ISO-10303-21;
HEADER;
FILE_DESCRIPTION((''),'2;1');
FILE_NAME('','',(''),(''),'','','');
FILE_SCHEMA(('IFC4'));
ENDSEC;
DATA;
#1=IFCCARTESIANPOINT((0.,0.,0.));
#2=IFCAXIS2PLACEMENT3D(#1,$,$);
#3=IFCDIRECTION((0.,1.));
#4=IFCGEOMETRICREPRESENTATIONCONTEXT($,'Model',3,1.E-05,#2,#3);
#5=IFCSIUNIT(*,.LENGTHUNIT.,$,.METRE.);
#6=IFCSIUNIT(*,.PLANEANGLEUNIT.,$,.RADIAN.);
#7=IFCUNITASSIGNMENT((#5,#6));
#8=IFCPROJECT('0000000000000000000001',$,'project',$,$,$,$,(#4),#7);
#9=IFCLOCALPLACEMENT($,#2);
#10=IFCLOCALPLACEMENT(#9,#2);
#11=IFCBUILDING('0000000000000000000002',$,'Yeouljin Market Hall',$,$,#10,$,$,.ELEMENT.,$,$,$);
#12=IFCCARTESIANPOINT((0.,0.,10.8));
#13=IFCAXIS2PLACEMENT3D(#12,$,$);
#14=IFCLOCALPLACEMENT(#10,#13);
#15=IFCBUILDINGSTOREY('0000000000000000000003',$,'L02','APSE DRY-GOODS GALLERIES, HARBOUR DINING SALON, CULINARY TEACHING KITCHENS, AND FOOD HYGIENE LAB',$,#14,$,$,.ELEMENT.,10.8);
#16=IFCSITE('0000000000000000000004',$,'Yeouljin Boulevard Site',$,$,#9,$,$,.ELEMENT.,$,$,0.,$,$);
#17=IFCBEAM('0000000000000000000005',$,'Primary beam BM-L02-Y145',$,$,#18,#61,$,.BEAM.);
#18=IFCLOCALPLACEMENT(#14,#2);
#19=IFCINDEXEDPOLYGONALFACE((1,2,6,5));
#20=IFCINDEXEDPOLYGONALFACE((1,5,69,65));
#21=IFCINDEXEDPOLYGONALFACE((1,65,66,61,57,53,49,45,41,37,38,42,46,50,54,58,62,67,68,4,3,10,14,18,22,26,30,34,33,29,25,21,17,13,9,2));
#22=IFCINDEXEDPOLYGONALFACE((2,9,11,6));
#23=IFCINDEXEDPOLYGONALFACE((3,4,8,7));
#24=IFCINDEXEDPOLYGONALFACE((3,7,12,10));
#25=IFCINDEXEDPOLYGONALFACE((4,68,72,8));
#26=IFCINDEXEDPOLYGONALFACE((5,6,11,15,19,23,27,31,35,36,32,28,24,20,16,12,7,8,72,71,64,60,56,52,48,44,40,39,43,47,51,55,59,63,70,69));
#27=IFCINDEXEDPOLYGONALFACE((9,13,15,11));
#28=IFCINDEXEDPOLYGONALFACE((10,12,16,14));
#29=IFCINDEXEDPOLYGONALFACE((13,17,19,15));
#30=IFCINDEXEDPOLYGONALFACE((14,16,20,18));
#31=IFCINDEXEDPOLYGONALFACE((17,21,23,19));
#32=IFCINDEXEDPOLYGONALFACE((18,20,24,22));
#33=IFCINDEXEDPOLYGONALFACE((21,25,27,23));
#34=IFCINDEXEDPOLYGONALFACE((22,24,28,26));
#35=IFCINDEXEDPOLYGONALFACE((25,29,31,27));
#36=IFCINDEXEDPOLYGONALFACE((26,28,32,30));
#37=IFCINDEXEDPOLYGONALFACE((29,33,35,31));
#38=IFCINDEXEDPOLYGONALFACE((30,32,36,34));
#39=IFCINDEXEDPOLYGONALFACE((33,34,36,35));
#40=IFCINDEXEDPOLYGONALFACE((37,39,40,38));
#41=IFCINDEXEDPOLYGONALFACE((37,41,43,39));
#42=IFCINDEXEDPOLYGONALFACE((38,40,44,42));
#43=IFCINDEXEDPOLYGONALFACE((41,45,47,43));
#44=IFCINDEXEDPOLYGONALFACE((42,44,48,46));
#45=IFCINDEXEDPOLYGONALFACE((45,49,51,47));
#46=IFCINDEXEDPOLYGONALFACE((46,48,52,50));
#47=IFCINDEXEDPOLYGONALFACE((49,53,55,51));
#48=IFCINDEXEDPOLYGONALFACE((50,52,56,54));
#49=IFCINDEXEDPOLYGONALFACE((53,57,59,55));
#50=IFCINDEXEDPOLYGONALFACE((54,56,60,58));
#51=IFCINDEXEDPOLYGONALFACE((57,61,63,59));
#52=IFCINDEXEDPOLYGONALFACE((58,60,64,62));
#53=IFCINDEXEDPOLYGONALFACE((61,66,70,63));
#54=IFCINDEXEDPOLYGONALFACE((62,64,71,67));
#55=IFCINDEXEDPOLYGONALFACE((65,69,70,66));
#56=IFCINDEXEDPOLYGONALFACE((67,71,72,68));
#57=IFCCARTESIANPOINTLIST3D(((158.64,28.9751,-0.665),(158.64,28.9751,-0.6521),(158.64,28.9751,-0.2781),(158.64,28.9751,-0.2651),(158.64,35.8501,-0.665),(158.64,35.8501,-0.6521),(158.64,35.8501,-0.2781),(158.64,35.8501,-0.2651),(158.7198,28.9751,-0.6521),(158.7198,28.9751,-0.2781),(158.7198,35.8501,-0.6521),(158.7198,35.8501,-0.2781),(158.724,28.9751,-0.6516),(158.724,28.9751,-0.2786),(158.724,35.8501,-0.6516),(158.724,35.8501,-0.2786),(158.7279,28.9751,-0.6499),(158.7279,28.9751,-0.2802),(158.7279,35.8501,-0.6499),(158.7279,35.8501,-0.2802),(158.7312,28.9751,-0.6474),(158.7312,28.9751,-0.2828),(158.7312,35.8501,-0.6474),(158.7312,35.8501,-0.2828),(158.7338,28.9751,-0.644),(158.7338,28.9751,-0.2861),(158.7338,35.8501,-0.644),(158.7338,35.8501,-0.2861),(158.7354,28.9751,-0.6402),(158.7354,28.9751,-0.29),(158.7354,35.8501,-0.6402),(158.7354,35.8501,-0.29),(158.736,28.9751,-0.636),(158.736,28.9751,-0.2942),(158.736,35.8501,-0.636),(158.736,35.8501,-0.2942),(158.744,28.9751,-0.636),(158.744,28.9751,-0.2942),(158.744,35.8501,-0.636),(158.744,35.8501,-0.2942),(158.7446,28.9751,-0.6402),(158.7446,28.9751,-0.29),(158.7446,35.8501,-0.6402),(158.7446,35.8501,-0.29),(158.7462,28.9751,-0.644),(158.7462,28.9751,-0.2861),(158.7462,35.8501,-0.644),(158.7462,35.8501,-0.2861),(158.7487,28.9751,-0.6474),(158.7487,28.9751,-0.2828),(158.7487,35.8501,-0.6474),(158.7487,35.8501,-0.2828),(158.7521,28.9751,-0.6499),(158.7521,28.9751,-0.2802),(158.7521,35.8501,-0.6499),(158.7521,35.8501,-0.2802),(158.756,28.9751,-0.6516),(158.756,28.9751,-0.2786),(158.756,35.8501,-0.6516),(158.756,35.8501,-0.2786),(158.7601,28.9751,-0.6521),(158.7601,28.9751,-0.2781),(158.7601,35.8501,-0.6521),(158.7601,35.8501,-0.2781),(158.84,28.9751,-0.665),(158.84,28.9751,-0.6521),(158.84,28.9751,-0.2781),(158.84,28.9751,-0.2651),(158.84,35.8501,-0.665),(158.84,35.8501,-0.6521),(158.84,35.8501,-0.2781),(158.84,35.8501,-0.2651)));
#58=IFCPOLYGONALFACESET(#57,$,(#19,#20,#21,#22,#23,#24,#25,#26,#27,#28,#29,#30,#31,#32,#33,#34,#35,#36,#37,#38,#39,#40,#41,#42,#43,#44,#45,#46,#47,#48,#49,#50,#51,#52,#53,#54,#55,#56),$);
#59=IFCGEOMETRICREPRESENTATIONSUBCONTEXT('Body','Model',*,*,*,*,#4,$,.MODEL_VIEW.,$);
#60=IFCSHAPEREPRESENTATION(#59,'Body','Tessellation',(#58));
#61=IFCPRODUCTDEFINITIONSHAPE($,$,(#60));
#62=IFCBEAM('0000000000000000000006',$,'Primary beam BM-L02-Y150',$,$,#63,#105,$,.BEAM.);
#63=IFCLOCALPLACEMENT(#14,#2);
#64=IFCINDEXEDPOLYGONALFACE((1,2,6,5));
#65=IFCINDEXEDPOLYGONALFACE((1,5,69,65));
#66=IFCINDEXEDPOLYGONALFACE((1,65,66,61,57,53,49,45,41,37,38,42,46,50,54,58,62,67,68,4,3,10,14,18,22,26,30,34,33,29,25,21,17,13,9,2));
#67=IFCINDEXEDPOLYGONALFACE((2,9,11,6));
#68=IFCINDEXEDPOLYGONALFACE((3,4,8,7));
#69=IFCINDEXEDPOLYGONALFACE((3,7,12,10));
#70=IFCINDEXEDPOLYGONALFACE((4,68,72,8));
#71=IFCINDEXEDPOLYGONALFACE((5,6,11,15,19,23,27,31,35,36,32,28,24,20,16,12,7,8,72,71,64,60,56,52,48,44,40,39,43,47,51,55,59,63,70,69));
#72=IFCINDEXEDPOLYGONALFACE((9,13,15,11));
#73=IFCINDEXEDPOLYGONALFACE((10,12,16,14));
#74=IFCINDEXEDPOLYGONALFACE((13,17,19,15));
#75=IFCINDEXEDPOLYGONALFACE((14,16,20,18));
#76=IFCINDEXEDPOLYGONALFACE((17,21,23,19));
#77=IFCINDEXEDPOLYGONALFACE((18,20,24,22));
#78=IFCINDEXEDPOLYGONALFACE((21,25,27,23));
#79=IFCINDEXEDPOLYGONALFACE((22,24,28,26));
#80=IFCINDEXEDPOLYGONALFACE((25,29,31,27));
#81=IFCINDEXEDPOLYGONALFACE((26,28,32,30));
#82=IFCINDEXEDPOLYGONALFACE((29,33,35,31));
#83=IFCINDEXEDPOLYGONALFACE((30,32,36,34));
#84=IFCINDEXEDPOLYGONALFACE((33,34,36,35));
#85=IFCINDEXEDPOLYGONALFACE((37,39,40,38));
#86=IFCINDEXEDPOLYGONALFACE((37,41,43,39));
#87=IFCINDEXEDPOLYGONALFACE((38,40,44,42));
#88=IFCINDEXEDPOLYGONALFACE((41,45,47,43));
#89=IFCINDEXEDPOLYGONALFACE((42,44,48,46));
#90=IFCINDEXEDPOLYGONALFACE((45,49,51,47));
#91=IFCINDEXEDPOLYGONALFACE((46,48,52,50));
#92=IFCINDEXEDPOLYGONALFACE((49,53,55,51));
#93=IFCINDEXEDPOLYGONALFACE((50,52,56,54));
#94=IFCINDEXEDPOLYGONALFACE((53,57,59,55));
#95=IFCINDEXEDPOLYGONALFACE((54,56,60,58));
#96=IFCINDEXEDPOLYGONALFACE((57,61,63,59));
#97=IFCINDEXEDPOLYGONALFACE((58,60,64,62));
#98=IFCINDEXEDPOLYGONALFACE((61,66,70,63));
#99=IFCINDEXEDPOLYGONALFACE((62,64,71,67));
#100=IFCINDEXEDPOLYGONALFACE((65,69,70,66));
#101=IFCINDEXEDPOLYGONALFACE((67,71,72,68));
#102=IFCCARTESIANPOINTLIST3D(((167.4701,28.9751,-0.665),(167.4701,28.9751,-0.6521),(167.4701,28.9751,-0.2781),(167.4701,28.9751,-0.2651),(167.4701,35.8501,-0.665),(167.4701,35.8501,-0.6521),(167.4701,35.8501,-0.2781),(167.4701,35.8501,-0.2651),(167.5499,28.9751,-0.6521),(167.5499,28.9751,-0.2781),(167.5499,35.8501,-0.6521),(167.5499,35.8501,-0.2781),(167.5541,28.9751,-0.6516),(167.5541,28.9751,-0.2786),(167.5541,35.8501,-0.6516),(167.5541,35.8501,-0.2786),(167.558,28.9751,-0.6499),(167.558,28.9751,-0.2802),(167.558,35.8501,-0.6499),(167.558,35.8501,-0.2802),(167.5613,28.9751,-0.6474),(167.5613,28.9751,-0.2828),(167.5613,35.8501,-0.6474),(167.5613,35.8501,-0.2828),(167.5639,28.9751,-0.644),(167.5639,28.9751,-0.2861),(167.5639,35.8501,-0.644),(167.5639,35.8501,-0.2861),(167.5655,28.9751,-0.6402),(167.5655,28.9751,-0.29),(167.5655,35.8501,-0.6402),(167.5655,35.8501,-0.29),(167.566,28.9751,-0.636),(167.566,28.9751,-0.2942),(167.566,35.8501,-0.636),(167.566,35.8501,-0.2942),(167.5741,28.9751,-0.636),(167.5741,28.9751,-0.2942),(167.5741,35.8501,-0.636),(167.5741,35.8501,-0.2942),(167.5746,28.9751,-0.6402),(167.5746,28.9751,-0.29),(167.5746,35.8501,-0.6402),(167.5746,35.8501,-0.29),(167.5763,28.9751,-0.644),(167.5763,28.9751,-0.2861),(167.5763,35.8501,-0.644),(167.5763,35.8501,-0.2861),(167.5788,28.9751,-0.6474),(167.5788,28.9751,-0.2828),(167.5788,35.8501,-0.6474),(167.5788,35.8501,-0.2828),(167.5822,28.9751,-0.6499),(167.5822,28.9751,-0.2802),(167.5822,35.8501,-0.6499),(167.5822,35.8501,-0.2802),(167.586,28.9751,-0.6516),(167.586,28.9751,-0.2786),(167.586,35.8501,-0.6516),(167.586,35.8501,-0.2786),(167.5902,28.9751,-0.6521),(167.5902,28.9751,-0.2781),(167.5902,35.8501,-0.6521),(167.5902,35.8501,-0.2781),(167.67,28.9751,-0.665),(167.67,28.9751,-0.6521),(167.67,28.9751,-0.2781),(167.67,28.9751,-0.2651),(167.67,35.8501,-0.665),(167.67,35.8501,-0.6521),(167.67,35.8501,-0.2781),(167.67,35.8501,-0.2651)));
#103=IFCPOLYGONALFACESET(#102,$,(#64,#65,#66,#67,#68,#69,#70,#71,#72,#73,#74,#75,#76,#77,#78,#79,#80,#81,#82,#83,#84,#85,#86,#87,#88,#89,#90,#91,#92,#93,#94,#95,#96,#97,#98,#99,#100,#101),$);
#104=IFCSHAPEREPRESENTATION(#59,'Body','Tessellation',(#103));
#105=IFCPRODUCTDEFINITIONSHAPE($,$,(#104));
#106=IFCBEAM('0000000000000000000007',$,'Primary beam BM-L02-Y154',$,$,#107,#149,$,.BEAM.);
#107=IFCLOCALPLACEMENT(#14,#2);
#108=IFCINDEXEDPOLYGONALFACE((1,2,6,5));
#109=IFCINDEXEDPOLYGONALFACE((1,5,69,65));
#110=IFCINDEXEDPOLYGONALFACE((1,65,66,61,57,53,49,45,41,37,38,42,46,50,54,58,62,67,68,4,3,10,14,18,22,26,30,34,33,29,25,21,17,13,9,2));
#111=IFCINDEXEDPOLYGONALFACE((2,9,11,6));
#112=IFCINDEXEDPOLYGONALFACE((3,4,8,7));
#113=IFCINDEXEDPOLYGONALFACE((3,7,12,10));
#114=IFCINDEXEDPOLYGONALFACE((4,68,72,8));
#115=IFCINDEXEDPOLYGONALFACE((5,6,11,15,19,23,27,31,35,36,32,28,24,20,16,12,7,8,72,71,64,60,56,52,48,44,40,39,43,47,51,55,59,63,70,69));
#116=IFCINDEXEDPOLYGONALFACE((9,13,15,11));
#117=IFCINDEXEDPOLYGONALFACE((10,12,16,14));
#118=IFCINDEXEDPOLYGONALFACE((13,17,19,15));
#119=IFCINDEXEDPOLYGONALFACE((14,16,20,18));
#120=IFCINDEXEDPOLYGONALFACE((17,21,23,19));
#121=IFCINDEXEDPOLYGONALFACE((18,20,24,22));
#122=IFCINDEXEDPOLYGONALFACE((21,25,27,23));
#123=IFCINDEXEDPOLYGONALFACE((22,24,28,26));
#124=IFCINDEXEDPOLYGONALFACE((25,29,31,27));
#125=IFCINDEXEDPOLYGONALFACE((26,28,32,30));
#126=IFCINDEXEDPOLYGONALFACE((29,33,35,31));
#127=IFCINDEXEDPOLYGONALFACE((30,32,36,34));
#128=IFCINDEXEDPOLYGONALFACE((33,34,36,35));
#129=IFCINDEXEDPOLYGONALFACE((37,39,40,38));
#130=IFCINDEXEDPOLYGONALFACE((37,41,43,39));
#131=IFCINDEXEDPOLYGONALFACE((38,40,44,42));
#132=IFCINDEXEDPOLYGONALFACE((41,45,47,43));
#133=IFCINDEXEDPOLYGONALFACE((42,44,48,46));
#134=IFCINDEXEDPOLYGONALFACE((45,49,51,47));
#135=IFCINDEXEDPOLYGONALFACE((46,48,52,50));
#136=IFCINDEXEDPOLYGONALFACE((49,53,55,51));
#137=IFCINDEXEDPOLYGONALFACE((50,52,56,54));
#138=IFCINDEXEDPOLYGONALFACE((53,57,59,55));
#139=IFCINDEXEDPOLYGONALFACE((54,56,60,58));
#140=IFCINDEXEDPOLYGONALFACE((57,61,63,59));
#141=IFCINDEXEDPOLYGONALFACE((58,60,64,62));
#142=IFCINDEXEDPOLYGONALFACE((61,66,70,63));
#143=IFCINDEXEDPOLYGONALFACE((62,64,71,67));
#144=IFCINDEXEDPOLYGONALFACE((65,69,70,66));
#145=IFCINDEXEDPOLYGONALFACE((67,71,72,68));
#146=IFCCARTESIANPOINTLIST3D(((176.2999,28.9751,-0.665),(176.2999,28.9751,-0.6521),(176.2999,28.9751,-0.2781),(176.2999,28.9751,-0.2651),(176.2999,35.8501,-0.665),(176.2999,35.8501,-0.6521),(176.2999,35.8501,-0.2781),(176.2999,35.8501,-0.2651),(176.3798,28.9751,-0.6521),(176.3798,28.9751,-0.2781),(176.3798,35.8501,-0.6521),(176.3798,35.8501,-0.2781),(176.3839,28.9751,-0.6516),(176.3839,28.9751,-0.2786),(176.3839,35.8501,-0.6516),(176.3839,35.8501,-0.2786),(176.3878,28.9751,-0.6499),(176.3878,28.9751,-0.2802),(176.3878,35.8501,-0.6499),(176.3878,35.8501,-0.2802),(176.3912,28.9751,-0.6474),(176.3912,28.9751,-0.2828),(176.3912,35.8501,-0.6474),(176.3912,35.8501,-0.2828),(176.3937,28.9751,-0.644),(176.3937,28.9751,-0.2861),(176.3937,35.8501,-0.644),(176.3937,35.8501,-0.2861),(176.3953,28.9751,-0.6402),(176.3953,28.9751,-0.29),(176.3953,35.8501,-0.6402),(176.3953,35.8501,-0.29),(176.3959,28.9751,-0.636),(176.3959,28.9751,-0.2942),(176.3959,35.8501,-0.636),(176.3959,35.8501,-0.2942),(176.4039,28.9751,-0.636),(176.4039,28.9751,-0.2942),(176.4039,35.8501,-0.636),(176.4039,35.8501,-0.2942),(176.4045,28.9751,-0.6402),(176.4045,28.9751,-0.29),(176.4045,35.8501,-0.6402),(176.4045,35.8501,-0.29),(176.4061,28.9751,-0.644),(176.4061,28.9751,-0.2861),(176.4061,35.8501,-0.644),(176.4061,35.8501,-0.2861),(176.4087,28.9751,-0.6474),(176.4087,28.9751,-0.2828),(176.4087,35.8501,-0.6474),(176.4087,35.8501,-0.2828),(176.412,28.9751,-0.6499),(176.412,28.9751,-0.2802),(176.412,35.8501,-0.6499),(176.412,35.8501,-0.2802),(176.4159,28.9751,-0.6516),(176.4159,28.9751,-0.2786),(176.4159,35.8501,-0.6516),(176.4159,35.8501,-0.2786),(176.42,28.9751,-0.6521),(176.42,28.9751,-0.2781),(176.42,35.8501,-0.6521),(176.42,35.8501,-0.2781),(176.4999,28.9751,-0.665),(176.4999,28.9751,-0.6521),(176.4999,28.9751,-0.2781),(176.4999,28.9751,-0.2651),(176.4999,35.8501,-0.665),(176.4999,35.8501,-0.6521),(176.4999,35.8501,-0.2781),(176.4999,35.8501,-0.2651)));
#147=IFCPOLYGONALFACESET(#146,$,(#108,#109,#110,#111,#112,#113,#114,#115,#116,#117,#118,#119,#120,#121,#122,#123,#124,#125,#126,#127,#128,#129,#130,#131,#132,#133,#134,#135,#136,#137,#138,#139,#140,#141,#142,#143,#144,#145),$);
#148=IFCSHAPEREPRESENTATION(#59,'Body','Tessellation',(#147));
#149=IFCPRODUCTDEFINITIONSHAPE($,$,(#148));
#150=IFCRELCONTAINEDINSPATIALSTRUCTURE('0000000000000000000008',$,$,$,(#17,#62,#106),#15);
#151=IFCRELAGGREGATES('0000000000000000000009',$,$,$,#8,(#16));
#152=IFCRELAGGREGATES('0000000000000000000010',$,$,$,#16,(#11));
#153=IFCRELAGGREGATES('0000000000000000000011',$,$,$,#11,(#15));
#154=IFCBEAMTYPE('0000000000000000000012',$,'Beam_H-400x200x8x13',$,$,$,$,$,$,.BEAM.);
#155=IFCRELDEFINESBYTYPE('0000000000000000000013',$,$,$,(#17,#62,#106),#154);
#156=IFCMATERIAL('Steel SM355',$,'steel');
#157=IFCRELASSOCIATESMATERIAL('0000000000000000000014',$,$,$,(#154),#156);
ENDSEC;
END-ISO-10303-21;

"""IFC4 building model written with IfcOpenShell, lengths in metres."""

from ifc_helpers import new_model, si_unit, direction, frame, origin, origin_2d, place, context, subcontext, project, spatial, i_section, extrude, material, material_profile, profile_set, type_object, element, save


model = new_model("IFC4")

# Units and contexts
model_context = context("Model", 3, precision=1e-05, world=origin(), true_north=direction((0.0, 1.0)))
body_context = subcontext(model_context, "Body", "Model", "MODEL_VIEW")
ifc_project = project(units=[si_unit("LENGTHUNIT", "METRE"), si_unit("PLANEANGLEUNIT", "RADIAN")], contexts=[model_context])

# Site, building, storey
site_placement = place(None, origin())
site = spatial("IfcSite", under=ifc_project, at=site_placement, Name="Yeouljin Boulevard Site", CompositionType="ELEMENT", RefElevation=0.0)
building_placement = place(site_placement, origin())
building = spatial("IfcBuilding", under=site, at=building_placement, Name="Yeouljin Market Hall", CompositionType="ELEMENT")
storey_placement = place(building_placement, frame((0.0, 0.0, 10.8)))
storey = spatial("IfcBuildingStorey", under=building, at=storey_placement, Name="L02", Description="APSE DRY-GOODS GALLERIES, HARBOUR DINING SALON, CULINARY TEACHING KITCHENS, AND FOOD HYGIENE LAB", CompositionType="ELEMENT", Elevation=10.8)

# Beams
ifc_material_1 = material(Name="Steel SM355", Category="steel")
ifc_material_profile_1 = material_profile(ifc_material_1, i_section(OverallWidth=0.2, OverallDepth=0.3999, WebThickness=0.0081, FlangeThickness=0.0129, FilletRadius=0.0161, at=origin_2d()), Name="H-400x200x8x13")
ifc_profile_set_1 = profile_set([ifc_material_profile_1], Name="Steel SM355")
beam_type_1 = type_object("IfcBeamType", Name="Beam_H-400x200x8x13", PredefinedType="BEAM", material=ifc_profile_set_1)
for number, where, z_axis, x_axis, name in (
    (1, (158.74, 28.9751, -0.4651), (0.0, 1.0, 0.0), (-1.0, 0.0, 0.0), "Primary beam BM-L02-Y145"),
    (2, (167.5701, 28.9751, -0.4651), (0.0, 1.0, 0.0), (-1.0, 0.0, 0.0), "Primary beam BM-L02-Y150"),
    (3, (176.3999, 28.9751, -0.4651), (0.0, 1.0, 0.0), (-1.0, 0.0, 0.0), "Primary beam BM-L02-Y154"),
):
    element("IfcBeam", number, at=place(storey_placement, frame(where, z_axis=z_axis, x_axis=x_axis)), inside=storey, type_object=beam_type_1, Name=name, PredefinedType="BEAM", context=body_context, shape_type="SweptSolid", body=[
        extrude(i_section(OverallWidth=0.2, OverallDepth=0.3999, WebThickness=0.0081, FlangeThickness=0.0129, FilletRadius=0.0161, at=origin_2d()), origin(), (0.0, 0.0, 1.0), 6.875),
    ])

save(model, "model.ifc")
